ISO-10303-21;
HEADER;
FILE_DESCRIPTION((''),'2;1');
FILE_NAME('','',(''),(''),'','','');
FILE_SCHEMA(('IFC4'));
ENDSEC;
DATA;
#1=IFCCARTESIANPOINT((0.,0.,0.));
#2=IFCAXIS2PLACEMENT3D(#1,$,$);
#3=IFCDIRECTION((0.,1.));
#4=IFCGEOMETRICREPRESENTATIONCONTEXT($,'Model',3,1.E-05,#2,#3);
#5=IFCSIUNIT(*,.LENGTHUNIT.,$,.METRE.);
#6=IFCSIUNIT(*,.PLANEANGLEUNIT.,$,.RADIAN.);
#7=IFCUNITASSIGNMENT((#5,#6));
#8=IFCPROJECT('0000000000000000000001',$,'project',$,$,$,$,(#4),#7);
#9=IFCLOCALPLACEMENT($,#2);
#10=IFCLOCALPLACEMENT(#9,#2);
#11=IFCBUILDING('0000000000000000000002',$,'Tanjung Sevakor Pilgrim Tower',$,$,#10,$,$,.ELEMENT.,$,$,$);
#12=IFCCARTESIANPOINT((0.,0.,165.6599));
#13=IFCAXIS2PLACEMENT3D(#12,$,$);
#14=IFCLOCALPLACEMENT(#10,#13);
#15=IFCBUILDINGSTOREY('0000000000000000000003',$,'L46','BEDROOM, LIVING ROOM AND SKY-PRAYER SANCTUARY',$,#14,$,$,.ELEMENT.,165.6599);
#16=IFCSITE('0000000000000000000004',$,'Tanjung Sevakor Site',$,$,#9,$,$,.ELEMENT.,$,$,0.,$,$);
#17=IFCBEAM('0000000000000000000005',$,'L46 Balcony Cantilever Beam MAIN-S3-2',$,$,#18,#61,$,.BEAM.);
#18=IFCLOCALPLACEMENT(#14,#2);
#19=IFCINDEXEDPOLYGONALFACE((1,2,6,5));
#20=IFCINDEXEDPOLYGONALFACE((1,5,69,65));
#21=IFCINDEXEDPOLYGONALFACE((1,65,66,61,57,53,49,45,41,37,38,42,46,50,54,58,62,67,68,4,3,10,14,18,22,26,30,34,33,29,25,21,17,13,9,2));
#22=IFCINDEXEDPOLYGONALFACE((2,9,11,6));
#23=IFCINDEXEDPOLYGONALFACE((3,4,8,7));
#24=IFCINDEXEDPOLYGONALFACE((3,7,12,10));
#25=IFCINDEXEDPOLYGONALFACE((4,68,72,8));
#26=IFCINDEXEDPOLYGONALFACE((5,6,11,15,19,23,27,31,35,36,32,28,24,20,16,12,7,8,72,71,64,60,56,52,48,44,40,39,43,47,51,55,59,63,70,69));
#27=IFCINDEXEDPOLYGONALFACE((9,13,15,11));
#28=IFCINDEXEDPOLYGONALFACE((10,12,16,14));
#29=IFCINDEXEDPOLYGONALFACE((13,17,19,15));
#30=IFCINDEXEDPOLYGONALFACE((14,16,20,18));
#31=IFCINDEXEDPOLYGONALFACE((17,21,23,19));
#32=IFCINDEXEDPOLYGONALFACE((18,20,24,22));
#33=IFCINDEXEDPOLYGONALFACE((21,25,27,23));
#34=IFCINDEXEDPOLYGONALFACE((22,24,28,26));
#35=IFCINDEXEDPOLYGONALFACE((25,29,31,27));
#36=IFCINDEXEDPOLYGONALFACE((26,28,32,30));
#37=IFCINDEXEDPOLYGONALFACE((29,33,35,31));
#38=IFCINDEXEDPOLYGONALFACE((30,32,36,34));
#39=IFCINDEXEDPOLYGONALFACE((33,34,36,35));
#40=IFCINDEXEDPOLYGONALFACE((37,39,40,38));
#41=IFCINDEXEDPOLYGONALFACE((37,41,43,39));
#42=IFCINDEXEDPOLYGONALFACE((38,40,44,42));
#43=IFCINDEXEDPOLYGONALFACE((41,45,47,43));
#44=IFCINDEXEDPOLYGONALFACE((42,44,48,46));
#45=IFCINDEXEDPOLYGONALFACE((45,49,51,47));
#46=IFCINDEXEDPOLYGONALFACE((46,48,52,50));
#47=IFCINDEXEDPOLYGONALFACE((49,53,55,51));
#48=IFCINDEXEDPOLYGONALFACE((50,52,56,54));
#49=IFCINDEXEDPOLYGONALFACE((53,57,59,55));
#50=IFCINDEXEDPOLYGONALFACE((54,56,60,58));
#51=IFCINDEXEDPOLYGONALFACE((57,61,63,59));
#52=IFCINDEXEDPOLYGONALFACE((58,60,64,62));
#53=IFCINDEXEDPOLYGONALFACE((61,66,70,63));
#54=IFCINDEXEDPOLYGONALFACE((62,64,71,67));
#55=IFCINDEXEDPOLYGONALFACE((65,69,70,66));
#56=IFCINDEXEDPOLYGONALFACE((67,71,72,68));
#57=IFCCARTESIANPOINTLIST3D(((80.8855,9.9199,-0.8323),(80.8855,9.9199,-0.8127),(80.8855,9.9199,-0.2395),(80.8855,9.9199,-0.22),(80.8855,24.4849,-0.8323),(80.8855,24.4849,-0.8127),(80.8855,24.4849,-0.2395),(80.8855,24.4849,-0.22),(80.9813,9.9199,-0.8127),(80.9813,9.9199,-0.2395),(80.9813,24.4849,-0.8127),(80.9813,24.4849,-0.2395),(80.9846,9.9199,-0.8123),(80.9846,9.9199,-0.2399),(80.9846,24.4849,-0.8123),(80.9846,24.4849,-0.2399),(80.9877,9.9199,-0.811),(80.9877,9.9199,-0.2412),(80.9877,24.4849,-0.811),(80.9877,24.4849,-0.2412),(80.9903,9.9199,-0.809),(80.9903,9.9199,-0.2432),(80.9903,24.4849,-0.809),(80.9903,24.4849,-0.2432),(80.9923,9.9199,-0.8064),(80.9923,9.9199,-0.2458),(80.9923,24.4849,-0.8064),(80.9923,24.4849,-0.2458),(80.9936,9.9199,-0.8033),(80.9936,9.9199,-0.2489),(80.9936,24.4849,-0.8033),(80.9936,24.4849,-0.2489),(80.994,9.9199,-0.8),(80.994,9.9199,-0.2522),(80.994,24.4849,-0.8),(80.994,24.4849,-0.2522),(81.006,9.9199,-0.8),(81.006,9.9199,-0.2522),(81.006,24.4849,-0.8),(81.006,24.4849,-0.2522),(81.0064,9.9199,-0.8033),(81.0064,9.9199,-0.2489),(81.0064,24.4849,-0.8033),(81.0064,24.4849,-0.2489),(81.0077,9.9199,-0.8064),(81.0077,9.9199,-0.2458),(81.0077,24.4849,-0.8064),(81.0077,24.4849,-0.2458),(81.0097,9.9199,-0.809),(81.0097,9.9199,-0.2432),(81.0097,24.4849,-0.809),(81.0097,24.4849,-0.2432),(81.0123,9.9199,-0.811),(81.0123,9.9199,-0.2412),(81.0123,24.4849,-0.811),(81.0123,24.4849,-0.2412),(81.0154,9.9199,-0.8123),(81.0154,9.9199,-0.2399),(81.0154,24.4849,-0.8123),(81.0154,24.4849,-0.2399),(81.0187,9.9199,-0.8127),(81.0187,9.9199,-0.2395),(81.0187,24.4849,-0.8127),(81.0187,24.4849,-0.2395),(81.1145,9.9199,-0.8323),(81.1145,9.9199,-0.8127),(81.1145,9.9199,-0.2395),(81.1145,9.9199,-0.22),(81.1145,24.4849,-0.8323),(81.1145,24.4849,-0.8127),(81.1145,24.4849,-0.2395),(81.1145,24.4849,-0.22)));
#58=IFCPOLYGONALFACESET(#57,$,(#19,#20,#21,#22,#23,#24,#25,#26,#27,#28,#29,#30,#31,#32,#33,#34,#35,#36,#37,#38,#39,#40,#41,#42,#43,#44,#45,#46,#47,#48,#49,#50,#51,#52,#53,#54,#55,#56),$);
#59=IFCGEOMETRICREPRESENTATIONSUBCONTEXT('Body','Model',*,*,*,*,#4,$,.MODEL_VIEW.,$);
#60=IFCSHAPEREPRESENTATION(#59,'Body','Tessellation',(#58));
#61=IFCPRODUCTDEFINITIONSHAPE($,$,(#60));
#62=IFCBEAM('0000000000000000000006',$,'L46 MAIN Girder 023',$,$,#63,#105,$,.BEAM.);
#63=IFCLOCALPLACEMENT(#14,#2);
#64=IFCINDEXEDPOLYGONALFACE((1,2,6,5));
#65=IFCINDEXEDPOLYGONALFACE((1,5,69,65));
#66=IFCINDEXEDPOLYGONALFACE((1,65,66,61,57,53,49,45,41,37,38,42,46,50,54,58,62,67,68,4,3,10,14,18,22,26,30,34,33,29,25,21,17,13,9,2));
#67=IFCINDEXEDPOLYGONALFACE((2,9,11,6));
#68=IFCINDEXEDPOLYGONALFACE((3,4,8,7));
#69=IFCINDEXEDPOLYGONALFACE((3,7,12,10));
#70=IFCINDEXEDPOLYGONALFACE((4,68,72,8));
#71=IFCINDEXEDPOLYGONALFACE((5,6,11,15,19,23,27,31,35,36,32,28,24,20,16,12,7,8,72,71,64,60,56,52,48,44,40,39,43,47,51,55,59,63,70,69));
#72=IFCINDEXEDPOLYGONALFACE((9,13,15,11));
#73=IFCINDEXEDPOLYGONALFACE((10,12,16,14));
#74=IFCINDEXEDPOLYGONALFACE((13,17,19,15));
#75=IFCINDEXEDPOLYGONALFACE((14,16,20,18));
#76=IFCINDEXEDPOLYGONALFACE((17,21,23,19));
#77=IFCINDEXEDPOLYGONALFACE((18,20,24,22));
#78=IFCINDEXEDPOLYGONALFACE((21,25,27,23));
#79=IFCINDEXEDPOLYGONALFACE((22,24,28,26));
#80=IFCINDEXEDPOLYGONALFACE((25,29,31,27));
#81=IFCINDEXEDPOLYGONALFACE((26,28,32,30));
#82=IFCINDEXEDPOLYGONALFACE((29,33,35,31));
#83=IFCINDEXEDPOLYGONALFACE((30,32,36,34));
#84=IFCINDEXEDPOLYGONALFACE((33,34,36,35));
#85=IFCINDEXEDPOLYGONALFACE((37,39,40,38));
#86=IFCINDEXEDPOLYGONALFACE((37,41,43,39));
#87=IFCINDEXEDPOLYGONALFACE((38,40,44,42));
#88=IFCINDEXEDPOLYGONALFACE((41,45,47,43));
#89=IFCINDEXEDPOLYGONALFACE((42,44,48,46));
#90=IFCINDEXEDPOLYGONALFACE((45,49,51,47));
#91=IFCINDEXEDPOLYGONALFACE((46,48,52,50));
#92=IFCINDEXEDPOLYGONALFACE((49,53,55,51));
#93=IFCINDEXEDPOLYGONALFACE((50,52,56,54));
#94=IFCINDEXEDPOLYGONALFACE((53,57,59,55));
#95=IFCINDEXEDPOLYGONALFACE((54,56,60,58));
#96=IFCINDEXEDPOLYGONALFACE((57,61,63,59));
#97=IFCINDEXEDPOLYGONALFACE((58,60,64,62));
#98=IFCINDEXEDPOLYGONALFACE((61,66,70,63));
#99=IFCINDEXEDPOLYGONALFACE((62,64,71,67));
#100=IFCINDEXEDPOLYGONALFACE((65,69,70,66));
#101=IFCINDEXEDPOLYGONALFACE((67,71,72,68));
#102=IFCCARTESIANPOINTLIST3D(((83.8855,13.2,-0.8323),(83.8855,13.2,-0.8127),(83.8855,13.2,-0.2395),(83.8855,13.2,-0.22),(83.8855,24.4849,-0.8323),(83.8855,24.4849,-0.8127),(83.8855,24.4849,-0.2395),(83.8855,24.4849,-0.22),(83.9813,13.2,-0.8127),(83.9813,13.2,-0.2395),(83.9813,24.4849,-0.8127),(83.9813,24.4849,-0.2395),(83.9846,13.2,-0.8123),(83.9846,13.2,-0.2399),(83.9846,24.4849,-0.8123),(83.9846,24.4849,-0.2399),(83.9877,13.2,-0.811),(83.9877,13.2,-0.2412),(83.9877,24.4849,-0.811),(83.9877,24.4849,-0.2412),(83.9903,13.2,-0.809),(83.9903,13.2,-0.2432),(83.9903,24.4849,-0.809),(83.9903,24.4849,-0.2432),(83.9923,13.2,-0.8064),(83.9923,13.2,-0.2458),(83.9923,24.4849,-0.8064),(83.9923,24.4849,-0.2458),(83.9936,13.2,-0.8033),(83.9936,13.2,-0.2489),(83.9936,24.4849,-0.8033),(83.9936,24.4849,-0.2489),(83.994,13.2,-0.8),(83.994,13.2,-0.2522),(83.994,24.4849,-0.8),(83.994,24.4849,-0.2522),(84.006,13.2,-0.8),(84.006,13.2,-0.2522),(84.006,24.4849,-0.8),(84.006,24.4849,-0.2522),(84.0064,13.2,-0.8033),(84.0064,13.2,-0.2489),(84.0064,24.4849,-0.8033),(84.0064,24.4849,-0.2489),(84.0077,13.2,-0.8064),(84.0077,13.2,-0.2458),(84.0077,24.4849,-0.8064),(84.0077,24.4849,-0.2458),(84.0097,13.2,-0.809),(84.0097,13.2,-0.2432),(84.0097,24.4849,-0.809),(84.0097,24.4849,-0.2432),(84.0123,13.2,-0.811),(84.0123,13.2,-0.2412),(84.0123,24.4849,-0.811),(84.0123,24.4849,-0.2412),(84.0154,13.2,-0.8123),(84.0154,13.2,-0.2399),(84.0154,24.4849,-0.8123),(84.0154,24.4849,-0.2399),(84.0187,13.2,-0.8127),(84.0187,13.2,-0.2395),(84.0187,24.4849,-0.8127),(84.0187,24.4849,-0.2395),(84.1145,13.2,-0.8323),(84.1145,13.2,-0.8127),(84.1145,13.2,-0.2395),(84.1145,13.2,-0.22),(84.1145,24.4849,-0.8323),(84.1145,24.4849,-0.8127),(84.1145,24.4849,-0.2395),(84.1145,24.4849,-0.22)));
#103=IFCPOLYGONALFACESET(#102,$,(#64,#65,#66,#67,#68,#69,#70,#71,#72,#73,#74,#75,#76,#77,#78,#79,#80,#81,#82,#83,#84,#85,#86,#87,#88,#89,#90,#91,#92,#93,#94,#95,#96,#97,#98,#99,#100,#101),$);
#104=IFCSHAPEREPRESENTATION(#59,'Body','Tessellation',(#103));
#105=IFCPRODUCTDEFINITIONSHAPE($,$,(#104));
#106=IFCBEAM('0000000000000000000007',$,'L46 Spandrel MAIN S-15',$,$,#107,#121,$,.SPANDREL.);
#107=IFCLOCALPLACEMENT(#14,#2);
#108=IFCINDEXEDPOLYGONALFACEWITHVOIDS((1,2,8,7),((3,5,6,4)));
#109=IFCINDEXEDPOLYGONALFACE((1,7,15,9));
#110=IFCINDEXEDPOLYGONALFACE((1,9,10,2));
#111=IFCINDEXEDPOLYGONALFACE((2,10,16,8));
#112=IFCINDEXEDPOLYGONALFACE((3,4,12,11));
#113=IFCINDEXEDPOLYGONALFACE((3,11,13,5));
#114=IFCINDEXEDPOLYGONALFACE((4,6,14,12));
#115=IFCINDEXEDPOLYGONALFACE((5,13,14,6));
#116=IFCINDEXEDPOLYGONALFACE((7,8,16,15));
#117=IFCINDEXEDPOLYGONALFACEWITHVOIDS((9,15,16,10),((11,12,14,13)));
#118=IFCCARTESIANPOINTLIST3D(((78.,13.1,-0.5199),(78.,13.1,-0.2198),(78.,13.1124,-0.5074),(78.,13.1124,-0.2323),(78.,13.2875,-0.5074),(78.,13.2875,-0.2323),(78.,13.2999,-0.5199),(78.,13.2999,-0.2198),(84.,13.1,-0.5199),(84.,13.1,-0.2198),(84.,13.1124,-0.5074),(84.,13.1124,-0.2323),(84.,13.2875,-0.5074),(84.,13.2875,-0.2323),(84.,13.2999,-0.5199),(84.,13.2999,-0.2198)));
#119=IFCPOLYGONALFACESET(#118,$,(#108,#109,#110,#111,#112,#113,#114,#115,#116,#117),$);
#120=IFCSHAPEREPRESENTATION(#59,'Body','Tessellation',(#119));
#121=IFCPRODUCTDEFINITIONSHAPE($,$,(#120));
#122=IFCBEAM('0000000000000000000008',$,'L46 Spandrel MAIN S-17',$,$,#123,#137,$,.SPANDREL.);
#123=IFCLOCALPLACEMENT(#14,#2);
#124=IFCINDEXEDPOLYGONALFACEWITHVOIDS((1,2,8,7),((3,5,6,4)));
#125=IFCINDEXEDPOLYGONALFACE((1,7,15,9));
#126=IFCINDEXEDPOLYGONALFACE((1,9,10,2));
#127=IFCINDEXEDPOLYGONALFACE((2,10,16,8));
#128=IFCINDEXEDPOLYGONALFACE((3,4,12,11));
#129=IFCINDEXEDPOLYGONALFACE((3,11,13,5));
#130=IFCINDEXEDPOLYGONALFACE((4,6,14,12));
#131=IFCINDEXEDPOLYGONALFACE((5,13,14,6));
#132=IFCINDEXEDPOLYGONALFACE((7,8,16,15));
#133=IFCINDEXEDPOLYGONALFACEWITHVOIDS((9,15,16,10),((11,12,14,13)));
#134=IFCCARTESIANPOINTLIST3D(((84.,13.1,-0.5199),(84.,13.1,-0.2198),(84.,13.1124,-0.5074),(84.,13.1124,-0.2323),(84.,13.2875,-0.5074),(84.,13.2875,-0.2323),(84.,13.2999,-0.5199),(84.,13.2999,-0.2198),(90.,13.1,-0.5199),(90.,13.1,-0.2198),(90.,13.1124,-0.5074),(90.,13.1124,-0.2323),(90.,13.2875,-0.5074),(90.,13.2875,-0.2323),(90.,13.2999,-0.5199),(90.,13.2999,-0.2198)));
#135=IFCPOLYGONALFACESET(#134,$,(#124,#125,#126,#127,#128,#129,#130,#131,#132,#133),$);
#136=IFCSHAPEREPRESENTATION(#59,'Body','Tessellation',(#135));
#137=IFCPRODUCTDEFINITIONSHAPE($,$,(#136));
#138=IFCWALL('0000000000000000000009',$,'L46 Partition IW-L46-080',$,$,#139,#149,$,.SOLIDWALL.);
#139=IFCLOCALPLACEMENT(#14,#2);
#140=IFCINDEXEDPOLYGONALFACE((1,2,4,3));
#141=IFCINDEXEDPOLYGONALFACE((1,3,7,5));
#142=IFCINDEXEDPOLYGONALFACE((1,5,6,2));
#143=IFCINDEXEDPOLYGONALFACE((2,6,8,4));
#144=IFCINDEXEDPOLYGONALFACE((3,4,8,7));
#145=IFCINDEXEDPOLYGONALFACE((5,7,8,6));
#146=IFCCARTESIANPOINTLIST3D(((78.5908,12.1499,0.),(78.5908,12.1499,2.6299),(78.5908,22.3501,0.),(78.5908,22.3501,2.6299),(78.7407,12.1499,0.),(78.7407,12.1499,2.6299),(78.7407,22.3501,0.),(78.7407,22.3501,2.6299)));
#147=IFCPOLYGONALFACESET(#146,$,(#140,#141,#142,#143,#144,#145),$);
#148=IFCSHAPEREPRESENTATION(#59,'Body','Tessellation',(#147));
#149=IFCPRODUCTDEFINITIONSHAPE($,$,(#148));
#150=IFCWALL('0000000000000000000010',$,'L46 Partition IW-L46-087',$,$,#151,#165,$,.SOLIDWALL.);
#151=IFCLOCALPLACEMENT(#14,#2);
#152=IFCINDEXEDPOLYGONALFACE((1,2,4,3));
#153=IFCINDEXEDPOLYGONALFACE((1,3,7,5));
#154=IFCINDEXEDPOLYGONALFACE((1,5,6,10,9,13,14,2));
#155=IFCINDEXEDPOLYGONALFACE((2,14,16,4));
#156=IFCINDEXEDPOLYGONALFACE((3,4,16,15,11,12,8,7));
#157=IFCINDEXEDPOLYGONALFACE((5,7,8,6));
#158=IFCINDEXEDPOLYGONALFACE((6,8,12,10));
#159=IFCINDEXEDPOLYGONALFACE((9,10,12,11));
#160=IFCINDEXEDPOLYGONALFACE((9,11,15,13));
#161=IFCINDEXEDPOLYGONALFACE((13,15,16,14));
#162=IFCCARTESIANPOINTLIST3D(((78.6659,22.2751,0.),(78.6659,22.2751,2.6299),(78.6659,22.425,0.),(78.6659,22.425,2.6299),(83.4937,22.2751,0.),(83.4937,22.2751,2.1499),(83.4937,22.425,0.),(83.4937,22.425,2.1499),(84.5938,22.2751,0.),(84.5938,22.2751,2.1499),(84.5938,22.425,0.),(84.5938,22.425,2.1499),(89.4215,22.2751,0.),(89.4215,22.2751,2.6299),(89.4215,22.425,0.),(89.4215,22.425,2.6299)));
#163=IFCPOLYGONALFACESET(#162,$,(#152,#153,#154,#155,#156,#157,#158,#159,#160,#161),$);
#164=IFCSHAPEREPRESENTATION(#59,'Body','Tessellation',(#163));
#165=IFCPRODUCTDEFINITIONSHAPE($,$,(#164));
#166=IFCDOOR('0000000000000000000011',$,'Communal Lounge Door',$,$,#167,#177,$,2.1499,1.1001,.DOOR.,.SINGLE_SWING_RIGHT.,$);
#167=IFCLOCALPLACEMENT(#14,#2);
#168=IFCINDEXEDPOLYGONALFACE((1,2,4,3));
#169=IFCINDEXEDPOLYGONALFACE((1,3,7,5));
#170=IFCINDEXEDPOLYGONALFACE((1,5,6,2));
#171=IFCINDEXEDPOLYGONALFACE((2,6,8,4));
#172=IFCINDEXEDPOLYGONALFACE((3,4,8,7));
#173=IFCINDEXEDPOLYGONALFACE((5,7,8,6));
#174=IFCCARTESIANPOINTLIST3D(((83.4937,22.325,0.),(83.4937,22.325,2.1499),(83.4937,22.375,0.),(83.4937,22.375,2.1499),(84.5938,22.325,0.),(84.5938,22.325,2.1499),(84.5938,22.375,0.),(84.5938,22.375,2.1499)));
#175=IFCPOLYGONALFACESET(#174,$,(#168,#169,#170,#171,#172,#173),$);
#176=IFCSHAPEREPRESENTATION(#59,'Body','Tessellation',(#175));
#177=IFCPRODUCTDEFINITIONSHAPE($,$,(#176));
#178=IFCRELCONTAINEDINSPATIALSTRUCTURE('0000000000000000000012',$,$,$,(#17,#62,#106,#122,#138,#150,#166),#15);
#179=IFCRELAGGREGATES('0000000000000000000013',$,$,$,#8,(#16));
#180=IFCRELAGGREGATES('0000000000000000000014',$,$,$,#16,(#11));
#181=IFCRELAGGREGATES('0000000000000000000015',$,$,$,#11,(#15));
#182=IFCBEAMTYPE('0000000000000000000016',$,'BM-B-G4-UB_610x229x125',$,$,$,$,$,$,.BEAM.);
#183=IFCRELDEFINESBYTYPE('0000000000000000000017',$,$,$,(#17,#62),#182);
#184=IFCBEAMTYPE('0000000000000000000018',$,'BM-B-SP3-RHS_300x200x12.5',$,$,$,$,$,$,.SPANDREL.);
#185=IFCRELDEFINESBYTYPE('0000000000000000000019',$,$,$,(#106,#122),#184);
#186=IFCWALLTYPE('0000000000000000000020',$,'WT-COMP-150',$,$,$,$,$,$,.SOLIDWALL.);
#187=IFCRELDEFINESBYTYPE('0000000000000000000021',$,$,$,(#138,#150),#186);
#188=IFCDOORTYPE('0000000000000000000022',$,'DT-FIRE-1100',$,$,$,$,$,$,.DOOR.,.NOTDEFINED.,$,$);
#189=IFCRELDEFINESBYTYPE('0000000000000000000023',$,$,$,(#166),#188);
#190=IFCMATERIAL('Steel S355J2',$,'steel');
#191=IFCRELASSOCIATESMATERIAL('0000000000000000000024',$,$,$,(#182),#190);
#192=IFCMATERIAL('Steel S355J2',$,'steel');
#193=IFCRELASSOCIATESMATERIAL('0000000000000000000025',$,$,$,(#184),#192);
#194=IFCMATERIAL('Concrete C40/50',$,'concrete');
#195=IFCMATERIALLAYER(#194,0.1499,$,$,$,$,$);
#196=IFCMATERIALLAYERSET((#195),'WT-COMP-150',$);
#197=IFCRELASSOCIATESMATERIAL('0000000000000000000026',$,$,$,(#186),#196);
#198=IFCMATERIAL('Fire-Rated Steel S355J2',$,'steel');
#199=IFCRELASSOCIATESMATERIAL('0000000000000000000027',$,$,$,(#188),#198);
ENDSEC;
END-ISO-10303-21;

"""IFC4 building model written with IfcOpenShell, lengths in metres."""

from ifc_helpers import new_model, si_unit, direction, frame, frame_2d, origin, origin_2d, place, context, subcontext, project, spatial, rectangle, hollow_rectangle, i_section, extrude, material, layer, layer_set, material_profile, profile_set, type_object, element, fill, save


model = new_model("IFC4")

# Units and contexts
model_context = context("Model", 3, precision=1e-05, world=origin(), true_north=direction((0.0, 1.0)))
body_context = subcontext(model_context, "Body", "Model", "MODEL_VIEW")
ifc_project = project(units=[si_unit("LENGTHUNIT", "METRE"), si_unit("PLANEANGLEUNIT", "RADIAN")], contexts=[model_context])

# Site, building, storey
site_placement = place(None, origin())
site = spatial("IfcSite", under=ifc_project, at=site_placement, Name="Tanjung Sevakor Site", CompositionType="ELEMENT", RefElevation=0.0)
building_placement = place(site_placement, origin())
building = spatial("IfcBuilding", under=site, at=building_placement, Name="Tanjung Sevakor Pilgrim Tower", CompositionType="ELEMENT")
storey_placement = place(building_placement, frame((0.0, 0.0, 165.6599)))
storey = spatial("IfcBuildingStorey", under=building, at=storey_placement, Name="L46", Description="BEDROOM, LIVING ROOM AND SKY-PRAYER SANCTUARY", CompositionType="ELEMENT", Elevation=165.6599)

# Beams
ifc_material_1 = material(Name="Steel S355J2", Category="steel")
ifc_material_profile_1 = material_profile(ifc_material_1, i_section(OverallWidth=0.229, OverallDepth=0.6123, WebThickness=0.012, FlangeThickness=0.0195, FilletRadius=0.0127, at=origin_2d()))
ifc_profile_set_1 = profile_set([ifc_material_profile_1], Name="Steel S355J2")
beam_type_1 = type_object("IfcBeamType", Name="BM-B-G4-UB_610x229x125", PredefinedType="BEAM", material=ifc_profile_set_1)
beam_1_placement = place(storey_placement, frame((81.0, 24.4849, -0.5261), z_axis=(0.0, -1.0, 0.0), x_axis=(1.0, 0.0, 0.0)))
element("IfcBeam", 1, at=beam_1_placement, inside=storey, type_object=beam_type_1, Name="L46 Balcony Cantilever Beam MAIN-S3-2", PredefinedType="BEAM", context=body_context, shape_type="SweptSolid", body=[
    extrude(i_section(OverallWidth=0.229, OverallDepth=0.6123, WebThickness=0.012, FlangeThickness=0.0195, FilletRadius=0.0127, at=origin_2d()), origin(), (0.0, 0.0, 1.0), 14.5649),
])
beam_2_placement = place(storey_placement, frame((84.0, 13.2, -0.5261), z_axis=(0.0, 1.0, 0.0), x_axis=(-1.0, 0.0, 0.0)))
element("IfcBeam", 2, at=beam_2_placement, inside=storey, type_object=beam_type_1, Name="L46 MAIN Girder 023", PredefinedType="BEAM", context=body_context, shape_type="SweptSolid", body=[
    extrude(i_section(OverallWidth=0.229, OverallDepth=0.6123, WebThickness=0.012, FlangeThickness=0.0195, FilletRadius=0.0127, at=origin_2d()), origin(), (0.0, 0.0, 1.0), 11.2849),
])
ifc_material_2 = material(Name="Steel S355J2", Category="steel")
ifc_material_profile_2 = material_profile(ifc_material_2, hollow_rectangle(XDim=0.2, YDim=0.3, WallThickness=0.0125, at=origin_2d()))
ifc_profile_set_2 = profile_set([ifc_material_profile_2], Name="Steel S355J2")
beam_type_2 = type_object("IfcBeamType", Name="BM-B-SP3-RHS_300x200x12.5", PredefinedType="SPANDREL", material=ifc_profile_set_2)
for number, where, z_axis, x_axis, name in (
    (3, (78.0, 13.2, -0.3699), (1.0, 0.0, 0.0), (0.0, 1.0, 0.0), "L46 Spandrel MAIN S-15"),
    (4, (84.0, 13.2, -0.3699), (1.0, 0.0, 0.0), (0.0, 1.0, 0.0), "L46 Spandrel MAIN S-17"),
):
    element("IfcBeam", number, at=place(storey_placement, frame(where, z_axis=z_axis, x_axis=x_axis)), inside=storey, type_object=beam_type_2, Name=name, PredefinedType="SPANDREL", context=body_context, shape_type="SweptSolid", body=[
        extrude(hollow_rectangle(XDim=0.2, YDim=0.3, WallThickness=0.0125, at=origin_2d()), origin(), (0.0, 0.0, 1.0), 6.0),
    ])

# Wall
ifc_material_3 = material(Name="Concrete C40/50", Category="concrete")
ifc_layer_1 = layer(ifc_material_3, 0.1499)
ifc_layer_set_1 = layer_set([ifc_layer_1], Name="WT-COMP-150")
wall_type_1 = type_object("IfcWallType", Name="WT-COMP-150", PredefinedType="SOLIDWALL", material=ifc_layer_set_1)
wall_1_placement = place(storey_placement, frame((78.6658, 12.1499, 0.0), z_axis=(0.0, 0.0, 1.0), x_axis=(0.0, 1.0, 0.0)))
element("IfcWall", 5, at=wall_1_placement, inside=storey, type_object=wall_type_1, Name="L46 Partition IW-L46-080", PredefinedType="SOLIDWALL", context=body_context, shape_type="SweptSolid", body=[
    extrude(rectangle(XDim=10.2002, YDim=0.1499, at=frame_2d((5.1001, 0.0))), origin(), (0.0, 0.0, 1.0), 2.6299),
])

# Wall, opening, door
wall_2_placement = place(storey_placement, frame((78.6658, 22.3501, 0.0), z_axis=(0.0, 0.0, 1.0), x_axis=(1.0, 0.0, 0.0)))
wall_2 = element("IfcWall", 6, at=wall_2_placement, inside=storey, type_object=wall_type_1, Name="L46 Partition IW-L46-087", PredefinedType="SOLIDWALL", context=body_context, shape_type="SweptSolid", body=[
    extrude(rectangle(XDim=10.7556, YDim=0.1499, at=frame_2d((5.3779, 0.0))), origin(), (0.0, 0.0, 1.0), 2.6299),
])
opening_1_placement = place(wall_2_placement, frame((4.8279, 0.0, 0.0)))
opening_1 = element("IfcOpeningElement", 7, at=opening_1_placement, cuts=wall_2, PredefinedType="OPENING", context=body_context, shape_type="SweptSolid", body=[
    extrude(rectangle(XDim=1.1001, YDim=2.1499, at=frame_2d((0.55, 1.075))), frame((0.0, 0.085, 0.0), z_axis=(0.0, -1.0, 0.0), x_axis=(1.0, 0.0, 0.0)), (0.0, 0.0, 1.0), 0.1699),
])
ifc_material_4 = material(Name="Fire-Rated Steel S355J2", Category="steel")
door_type_1 = type_object("IfcDoorType", Name="DT-FIRE-1100", OperationType="NOTDEFINED", PredefinedType="DOOR", material=ifc_material_4)
door_1_placement = place(opening_1_placement, origin())
door_1 = element("IfcDoor", 8, at=door_1_placement, inside=storey, type_object=door_type_1, Name="Communal Lounge Door", OperationType="SINGLE_SWING_RIGHT", OverallHeight=2.1499, OverallWidth=1.1001, PredefinedType="DOOR", context=body_context, shape_type="SweptSolid", body=[
    extrude(rectangle(XDim=1.1001, YDim=2.1499, at=frame_2d((0.55, 1.075))), frame((0.0, 0.0249, 0.0), z_axis=(0.0, -1.0, 0.0), x_axis=(1.0, 0.0, 0.0)), (0.0, 0.0, 1.0), 0.05),
])
fill(opening_1, door_1)

save(model, "model.ifc")
